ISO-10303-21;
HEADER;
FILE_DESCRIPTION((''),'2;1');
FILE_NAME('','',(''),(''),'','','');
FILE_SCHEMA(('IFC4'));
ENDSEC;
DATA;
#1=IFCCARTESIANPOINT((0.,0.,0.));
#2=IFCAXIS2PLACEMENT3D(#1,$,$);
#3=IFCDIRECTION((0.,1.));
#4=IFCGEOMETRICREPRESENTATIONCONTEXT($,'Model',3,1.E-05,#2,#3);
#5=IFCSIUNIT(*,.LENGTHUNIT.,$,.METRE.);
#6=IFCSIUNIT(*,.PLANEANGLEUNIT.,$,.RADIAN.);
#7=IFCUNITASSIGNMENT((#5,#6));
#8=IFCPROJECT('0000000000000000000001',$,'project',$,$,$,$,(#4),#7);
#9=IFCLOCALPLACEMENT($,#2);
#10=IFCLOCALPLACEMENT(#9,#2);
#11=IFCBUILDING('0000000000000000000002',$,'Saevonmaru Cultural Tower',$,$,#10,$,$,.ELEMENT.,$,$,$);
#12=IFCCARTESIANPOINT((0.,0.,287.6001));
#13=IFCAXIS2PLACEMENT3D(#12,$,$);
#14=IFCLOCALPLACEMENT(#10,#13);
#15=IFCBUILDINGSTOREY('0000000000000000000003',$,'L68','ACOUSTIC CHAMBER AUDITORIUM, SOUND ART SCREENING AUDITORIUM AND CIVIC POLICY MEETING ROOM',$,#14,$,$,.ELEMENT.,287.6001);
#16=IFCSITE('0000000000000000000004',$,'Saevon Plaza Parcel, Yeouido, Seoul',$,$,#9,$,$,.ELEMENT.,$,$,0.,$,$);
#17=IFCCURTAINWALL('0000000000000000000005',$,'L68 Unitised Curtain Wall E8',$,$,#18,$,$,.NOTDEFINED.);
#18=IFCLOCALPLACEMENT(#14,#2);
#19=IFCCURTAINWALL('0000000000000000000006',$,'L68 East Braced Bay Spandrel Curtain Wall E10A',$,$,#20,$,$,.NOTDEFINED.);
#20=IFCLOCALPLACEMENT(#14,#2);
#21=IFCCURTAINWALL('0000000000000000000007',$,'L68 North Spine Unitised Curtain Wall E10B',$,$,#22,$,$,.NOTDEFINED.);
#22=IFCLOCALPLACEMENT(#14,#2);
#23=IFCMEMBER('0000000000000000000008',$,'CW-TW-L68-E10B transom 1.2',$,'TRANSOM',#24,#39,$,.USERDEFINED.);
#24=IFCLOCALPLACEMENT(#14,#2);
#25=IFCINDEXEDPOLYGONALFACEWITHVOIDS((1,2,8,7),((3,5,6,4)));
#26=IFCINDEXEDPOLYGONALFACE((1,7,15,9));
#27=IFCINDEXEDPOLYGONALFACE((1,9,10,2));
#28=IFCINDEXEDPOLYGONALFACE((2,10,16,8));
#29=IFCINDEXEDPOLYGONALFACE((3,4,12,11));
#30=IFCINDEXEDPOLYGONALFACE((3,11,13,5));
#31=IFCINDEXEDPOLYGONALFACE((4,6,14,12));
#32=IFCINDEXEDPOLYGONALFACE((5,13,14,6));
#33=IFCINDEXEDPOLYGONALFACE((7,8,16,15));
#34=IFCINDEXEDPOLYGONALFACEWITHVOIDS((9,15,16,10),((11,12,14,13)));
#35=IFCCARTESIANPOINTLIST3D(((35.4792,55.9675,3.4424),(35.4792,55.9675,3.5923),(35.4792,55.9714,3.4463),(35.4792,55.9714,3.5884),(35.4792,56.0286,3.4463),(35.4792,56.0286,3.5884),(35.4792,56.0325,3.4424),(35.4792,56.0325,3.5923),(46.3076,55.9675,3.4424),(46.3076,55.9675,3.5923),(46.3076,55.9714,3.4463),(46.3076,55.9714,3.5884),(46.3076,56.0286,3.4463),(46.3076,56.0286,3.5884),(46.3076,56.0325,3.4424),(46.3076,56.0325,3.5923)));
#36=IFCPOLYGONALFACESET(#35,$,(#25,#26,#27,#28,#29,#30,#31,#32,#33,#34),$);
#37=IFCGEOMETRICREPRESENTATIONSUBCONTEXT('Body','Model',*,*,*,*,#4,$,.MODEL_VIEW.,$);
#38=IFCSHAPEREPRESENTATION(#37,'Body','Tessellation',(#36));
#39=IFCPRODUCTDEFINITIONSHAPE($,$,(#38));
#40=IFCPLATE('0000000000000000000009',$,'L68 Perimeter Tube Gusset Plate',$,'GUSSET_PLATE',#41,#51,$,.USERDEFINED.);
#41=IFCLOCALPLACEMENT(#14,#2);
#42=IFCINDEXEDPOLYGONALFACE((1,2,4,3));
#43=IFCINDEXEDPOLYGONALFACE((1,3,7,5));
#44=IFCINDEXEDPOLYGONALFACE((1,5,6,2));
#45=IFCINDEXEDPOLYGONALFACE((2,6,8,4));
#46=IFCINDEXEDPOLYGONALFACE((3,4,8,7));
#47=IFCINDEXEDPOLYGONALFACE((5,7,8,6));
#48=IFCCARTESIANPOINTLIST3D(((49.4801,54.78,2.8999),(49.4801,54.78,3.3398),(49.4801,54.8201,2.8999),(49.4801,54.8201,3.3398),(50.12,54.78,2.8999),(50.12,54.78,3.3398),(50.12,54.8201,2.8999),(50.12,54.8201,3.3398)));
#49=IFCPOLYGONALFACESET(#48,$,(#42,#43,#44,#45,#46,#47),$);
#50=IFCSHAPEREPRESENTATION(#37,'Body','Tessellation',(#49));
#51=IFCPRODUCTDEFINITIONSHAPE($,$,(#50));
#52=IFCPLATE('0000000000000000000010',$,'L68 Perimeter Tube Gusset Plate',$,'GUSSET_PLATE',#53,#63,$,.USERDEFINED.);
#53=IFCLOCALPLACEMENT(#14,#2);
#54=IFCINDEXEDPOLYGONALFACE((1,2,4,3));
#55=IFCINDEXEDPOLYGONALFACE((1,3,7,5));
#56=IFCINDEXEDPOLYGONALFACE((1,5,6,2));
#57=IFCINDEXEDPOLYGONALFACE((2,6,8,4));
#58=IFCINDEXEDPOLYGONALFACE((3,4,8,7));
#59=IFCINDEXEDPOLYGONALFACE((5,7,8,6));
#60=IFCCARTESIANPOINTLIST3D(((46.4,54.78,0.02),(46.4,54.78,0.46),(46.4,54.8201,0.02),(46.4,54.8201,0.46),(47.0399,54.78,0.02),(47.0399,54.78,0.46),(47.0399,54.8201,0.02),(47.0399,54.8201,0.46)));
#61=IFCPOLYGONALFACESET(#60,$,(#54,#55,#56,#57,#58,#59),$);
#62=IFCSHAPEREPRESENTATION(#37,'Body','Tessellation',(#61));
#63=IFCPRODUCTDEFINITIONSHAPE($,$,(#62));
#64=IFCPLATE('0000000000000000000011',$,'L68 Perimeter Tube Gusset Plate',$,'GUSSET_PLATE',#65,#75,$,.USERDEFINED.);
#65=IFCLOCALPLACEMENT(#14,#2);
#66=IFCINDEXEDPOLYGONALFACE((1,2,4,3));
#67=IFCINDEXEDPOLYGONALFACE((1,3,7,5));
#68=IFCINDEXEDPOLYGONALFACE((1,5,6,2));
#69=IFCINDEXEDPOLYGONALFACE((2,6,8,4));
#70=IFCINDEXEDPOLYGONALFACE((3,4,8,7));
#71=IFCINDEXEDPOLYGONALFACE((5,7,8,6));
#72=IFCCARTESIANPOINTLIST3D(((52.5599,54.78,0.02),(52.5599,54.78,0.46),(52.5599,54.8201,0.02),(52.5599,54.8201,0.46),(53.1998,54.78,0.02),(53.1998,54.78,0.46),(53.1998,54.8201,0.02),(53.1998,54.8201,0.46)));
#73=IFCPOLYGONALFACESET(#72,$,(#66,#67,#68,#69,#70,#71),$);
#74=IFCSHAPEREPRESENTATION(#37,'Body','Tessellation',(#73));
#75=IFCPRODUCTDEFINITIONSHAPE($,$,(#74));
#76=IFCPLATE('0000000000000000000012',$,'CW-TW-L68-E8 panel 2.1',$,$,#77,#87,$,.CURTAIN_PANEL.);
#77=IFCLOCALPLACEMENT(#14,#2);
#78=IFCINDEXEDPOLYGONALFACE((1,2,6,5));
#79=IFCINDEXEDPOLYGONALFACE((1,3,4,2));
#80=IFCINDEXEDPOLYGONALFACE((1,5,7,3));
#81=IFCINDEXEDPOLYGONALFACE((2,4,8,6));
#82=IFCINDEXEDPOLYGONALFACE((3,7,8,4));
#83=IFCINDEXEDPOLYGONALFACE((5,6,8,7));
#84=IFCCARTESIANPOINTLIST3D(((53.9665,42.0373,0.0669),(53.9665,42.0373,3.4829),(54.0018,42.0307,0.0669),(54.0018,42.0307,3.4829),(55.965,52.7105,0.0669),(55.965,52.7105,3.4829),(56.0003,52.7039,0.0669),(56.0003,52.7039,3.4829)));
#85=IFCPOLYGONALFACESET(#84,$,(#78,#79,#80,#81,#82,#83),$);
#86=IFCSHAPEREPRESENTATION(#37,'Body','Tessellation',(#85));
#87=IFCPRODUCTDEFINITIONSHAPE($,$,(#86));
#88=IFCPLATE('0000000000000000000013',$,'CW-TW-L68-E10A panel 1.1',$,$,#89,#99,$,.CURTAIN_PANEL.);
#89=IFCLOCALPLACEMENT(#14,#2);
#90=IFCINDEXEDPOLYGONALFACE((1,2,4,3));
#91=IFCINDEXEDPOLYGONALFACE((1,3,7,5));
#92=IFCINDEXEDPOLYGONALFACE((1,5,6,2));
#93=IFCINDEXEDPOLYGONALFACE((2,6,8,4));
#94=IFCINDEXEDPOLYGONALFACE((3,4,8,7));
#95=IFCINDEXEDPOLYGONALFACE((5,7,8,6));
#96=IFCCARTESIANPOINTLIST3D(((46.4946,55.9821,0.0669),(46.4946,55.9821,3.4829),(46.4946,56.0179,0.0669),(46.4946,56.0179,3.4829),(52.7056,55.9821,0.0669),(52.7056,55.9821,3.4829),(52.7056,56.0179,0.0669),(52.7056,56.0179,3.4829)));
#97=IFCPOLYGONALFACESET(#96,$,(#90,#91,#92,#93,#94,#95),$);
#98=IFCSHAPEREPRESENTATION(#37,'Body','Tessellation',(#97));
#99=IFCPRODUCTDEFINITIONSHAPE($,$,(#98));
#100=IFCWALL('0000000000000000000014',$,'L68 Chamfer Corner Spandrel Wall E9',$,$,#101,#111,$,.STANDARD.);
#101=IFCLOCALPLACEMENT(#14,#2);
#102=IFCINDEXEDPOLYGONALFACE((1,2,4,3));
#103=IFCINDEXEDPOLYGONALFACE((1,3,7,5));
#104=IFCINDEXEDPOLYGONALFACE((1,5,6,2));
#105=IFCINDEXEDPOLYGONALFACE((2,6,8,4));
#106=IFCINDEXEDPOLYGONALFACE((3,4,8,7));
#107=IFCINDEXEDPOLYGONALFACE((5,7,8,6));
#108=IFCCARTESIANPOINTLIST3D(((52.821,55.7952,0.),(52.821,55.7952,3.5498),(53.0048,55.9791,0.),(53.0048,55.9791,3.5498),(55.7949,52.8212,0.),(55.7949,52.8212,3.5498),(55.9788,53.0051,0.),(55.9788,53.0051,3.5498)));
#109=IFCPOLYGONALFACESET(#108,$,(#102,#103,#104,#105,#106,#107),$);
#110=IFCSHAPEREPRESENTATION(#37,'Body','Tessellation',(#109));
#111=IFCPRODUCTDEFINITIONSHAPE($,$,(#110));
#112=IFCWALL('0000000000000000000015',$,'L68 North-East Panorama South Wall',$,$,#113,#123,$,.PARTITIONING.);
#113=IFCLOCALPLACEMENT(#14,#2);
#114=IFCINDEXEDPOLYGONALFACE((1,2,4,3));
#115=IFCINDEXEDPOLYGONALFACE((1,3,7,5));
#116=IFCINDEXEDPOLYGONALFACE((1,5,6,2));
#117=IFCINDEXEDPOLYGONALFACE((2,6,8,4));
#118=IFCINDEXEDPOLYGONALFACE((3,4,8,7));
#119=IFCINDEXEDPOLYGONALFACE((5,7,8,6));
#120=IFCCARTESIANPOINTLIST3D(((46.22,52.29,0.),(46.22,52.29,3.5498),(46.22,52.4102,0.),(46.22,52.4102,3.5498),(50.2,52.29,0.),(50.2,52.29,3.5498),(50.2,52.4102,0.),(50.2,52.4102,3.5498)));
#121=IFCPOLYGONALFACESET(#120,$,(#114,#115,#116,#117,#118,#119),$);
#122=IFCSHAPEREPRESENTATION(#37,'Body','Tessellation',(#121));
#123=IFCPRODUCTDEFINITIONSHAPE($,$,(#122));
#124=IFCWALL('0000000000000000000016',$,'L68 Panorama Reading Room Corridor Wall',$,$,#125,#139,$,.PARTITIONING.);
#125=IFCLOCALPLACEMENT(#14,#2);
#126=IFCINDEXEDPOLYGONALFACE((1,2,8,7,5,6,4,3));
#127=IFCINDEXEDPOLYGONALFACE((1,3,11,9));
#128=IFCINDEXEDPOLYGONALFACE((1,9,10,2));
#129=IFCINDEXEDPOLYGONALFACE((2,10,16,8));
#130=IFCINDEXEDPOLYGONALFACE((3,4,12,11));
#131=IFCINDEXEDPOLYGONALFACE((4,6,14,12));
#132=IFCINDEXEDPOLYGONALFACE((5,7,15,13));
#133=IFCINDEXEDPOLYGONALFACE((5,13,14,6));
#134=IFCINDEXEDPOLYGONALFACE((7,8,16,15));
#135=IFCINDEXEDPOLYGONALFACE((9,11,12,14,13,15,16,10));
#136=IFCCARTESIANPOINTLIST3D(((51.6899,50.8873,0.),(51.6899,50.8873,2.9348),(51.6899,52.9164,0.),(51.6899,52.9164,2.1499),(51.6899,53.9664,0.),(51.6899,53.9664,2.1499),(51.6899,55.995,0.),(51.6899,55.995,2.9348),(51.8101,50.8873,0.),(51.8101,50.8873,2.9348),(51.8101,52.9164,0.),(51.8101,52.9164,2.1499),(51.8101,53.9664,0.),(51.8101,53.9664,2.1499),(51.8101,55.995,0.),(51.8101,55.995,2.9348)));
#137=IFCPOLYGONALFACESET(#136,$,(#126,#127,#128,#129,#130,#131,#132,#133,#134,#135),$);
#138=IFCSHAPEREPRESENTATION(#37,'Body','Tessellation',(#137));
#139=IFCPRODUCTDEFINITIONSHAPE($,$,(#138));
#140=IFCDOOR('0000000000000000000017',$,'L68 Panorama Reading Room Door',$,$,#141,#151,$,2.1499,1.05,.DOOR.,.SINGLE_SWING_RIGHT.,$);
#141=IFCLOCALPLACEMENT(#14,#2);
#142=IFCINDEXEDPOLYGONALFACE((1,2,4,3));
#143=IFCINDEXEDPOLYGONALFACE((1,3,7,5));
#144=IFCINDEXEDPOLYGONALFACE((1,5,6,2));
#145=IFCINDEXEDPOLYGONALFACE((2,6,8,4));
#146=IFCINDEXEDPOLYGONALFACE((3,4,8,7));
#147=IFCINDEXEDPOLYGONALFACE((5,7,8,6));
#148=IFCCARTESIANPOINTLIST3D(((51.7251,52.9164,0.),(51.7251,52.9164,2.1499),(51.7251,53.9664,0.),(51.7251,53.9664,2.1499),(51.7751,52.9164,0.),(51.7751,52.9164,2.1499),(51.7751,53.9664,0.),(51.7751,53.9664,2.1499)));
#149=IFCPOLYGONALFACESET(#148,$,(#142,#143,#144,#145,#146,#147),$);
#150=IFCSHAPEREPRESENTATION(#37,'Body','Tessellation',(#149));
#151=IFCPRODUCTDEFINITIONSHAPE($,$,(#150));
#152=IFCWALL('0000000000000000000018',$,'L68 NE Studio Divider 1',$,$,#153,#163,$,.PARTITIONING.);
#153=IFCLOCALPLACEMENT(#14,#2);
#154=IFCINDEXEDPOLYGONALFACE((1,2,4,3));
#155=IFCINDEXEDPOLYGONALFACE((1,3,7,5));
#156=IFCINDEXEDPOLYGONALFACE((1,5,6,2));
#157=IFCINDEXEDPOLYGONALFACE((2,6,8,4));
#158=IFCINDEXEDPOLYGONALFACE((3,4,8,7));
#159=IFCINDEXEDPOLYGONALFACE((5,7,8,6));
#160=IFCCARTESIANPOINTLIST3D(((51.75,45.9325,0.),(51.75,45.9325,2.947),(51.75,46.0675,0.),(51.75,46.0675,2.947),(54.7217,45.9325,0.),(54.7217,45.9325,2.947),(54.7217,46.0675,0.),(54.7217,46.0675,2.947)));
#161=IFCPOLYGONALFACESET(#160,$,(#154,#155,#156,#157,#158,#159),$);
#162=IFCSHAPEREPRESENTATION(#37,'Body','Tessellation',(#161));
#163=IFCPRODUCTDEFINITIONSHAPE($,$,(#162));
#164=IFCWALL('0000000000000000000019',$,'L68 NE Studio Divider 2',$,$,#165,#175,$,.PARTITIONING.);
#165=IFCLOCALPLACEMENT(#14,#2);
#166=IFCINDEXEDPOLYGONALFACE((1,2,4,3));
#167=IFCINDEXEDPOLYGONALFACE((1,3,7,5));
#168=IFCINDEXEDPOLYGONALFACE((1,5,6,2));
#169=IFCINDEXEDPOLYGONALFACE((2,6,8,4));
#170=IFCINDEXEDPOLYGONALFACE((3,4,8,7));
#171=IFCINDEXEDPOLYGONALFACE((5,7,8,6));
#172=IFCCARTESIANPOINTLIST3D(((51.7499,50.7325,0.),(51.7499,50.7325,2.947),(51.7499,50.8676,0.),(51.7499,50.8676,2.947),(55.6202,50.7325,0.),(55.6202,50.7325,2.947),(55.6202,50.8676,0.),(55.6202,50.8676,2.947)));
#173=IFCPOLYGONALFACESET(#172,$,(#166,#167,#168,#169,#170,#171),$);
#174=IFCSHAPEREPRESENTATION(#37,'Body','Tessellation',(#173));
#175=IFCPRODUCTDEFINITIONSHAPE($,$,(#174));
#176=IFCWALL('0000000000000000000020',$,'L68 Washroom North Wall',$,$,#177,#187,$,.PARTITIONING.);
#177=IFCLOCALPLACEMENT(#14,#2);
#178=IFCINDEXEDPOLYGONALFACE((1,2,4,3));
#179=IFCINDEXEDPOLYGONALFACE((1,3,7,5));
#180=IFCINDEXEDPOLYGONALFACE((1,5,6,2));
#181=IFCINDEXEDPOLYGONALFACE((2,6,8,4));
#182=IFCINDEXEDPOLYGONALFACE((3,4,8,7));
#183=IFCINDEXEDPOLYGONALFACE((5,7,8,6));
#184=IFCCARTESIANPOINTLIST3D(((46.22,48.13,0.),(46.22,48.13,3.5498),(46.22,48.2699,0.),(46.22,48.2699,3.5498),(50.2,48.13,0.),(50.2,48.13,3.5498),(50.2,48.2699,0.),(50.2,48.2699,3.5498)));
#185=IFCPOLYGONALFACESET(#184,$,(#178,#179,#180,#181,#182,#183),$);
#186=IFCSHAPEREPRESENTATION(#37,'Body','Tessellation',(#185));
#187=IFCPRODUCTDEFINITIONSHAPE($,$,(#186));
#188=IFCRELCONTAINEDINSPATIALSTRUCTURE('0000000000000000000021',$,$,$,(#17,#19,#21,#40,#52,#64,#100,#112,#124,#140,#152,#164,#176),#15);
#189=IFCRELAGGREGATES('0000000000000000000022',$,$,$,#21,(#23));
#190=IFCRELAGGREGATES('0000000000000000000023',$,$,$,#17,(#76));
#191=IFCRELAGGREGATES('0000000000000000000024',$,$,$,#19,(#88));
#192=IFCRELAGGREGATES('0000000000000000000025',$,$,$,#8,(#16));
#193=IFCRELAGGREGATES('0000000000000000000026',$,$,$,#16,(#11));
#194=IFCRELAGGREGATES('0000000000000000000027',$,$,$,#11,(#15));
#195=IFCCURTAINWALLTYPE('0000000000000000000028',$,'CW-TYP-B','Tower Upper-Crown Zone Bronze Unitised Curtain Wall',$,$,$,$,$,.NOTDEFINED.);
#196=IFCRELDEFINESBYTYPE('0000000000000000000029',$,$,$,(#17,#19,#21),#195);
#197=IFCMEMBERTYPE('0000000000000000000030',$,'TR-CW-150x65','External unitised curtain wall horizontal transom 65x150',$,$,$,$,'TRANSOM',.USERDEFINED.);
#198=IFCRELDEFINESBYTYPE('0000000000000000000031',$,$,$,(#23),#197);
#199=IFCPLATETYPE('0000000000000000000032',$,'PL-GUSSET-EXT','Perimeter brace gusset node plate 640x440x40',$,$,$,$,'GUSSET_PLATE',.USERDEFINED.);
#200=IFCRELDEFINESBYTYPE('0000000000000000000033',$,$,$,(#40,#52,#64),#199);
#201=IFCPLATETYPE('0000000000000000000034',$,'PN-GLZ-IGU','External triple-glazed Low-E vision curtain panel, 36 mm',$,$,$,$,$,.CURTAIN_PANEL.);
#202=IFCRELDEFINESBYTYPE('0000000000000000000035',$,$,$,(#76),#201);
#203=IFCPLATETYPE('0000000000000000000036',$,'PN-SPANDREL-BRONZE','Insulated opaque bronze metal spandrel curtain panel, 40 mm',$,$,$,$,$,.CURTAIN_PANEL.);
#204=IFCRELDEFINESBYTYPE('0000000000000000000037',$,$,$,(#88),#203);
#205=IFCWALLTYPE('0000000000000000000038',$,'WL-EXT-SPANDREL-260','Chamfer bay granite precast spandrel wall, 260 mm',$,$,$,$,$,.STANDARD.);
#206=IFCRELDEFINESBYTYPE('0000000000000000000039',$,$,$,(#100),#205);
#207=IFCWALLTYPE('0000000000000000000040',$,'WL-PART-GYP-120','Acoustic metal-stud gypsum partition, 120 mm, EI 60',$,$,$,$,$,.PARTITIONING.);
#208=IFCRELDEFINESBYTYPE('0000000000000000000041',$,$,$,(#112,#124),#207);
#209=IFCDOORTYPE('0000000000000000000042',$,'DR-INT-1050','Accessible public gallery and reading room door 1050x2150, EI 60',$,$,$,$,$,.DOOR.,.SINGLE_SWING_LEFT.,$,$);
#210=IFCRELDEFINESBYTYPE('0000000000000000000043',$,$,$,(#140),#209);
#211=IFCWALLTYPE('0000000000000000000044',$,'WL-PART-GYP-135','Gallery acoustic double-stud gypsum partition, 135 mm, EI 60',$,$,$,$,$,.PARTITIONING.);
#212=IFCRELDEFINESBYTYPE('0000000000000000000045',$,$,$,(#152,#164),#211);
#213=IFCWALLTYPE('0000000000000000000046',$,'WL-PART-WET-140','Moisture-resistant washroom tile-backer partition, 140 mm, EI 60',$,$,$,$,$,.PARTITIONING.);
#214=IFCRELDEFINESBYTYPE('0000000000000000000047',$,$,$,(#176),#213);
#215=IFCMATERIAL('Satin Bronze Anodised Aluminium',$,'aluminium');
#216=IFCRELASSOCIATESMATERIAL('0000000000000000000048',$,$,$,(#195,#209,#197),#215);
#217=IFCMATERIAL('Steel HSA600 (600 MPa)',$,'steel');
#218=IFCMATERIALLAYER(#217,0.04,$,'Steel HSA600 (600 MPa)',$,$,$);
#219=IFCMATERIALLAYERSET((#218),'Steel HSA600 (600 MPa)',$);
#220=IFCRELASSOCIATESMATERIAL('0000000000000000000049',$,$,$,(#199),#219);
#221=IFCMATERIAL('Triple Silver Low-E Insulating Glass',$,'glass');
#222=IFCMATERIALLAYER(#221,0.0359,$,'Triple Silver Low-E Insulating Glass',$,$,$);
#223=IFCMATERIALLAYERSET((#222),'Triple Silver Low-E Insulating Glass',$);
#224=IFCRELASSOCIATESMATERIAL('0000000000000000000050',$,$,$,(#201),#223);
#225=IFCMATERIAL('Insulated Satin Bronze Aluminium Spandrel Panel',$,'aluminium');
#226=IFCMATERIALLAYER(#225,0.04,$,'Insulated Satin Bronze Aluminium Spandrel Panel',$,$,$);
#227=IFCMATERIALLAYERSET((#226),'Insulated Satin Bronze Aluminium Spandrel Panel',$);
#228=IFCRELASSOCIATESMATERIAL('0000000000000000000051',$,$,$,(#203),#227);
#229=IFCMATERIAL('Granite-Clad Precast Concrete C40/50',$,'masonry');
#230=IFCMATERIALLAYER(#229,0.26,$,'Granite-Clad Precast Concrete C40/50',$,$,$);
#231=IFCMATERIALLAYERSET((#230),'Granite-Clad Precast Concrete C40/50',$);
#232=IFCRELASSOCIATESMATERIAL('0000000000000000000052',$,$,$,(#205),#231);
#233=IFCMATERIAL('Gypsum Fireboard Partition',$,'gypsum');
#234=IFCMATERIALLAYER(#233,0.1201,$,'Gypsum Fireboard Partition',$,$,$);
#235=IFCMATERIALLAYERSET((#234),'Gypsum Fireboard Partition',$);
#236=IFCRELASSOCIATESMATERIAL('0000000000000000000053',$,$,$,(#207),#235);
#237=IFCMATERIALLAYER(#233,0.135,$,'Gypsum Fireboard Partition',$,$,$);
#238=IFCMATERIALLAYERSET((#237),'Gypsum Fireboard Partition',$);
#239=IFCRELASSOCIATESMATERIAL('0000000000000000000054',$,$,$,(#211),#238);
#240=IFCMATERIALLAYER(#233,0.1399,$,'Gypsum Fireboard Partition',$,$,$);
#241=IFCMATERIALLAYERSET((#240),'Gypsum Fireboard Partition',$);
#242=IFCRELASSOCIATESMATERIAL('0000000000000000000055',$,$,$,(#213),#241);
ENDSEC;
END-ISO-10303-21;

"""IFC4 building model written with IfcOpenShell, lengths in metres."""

from ifc_helpers import new_model, si_unit, direction, frame, frame_2d, origin, origin_2d, place, context, subcontext, project, spatial, rectangle, hollow_rectangle, extrude, material, layer, layer_set, material_profile, profile_set, type_object, element, fill, aggregate, save


model = new_model("IFC4")

# Units and contexts
model_context = context("Model", 3, precision=1e-05, world=origin(), true_north=direction((0.0, 1.0)))
body_context = subcontext(model_context, "Body", "Model", "MODEL_VIEW")
ifc_project = project(units=[si_unit("LENGTHUNIT", "METRE"), si_unit("PLANEANGLEUNIT", "RADIAN")], contexts=[model_context])

# Site, building, storey
site_placement = place(None, origin())
site = spatial("IfcSite", under=ifc_project, at=site_placement, Name="Saevon Plaza Parcel, Yeouido, Seoul", CompositionType="ELEMENT", RefElevation=0.0)
building_placement = place(site_placement, origin())
building = spatial("IfcBuilding", under=site, at=building_placement, Name="Saevonmaru Cultural Tower", CompositionType="ELEMENT")
storey_placement = place(building_placement, frame((0.0, 0.0, 287.6001)))
storey = spatial("IfcBuildingStorey", under=building, at=storey_placement, Name="L68", Description="ACOUSTIC CHAMBER AUDITORIUM, SOUND ART SCREENING AUDITORIUM AND CIVIC POLICY MEETING ROOM", CompositionType="ELEMENT", Elevation=287.6001)

# Curtain wall
ifc_material_1 = material(Name="Satin Bronze Anodised Aluminium", Category="aluminium")
curtain_wall_type = type_object("IfcCurtainWallType", Name="CW-TYP-B", Description="Tower Upper-Crown Zone Bronze Unitised Curtain Wall", PredefinedType="NOTDEFINED", material=ifc_material_1)
curtain_wall_1_placement = place(storey_placement, origin())
curtain_wall_1 = element("IfcCurtainWall", 1, at=curtain_wall_1_placement, inside=storey, type_object=curtain_wall_type, Name="L68 Unitised Curtain Wall E8", PredefinedType="NOTDEFINED")

# Curtain wall
curtain_wall_2_placement = place(storey_placement, origin())
curtain_wall_2 = element("IfcCurtainWall", 2, at=curtain_wall_2_placement, inside=storey, type_object=curtain_wall_type, Name="L68 East Braced Bay Spandrel Curtain Wall E10A", PredefinedType="NOTDEFINED")

# Curtain wall
curtain_wall_3_placement = place(storey_placement, origin())
curtain_wall_3 = element("IfcCurtainWall", 3, at=curtain_wall_3_placement, inside=storey, type_object=curtain_wall_type, Name="L68 North Spine Unitised Curtain Wall E10B", PredefinedType="NOTDEFINED")

# Member
ifc_material_profile_1 = material_profile(ifc_material_1, hollow_rectangle(XDim=0.0649, YDim=0.1499, WallThickness=0.0039, at=origin_2d()), Name="ALU-TRAN-150x65x4")
ifc_profile_set_1 = profile_set([ifc_material_profile_1], Name="Satin Bronze Anodised Aluminium")
member_type_1 = type_object("IfcMemberType", Name="TR-CW-150x65", Description="External unitised curtain wall horizontal transom 65x150", ElementType="TRANSOM", PredefinedType="USERDEFINED", material=ifc_profile_set_1)
member_1_placement = place(storey_placement, frame((46.3076, 56.0, 3.5173), z_axis=(-1.0, 0.0, 0.0), x_axis=(0.0, -1.0, 0.0)))
member_1 = element("IfcMember", 4, at=member_1_placement, type_object=member_type_1, Name="CW-TW-L68-E10B transom 1.2", ObjectType="TRANSOM", PredefinedType="USERDEFINED", context=body_context, shape_type="SweptSolid", body=[
    extrude(hollow_rectangle(XDim=0.0649, YDim=0.1499, WallThickness=0.0039, at=origin_2d()), origin(), (0.0, 0.0, 1.0), 10.8284),
])
aggregate(curtain_wall_3, [member_1])

# Plates
ifc_material_2 = material(Name="Steel HSA600 (600 MPa)", Category="steel")
ifc_layer_1 = layer(ifc_material_2, 0.04, Name="Steel HSA600 (600 MPa)")
ifc_layer_set_1 = layer_set([ifc_layer_1], Name="Steel HSA600 (600 MPa)")
plate_type_1 = type_object("IfcPlateType", Name="PL-GUSSET-EXT", Description="Perimeter brace gusset node plate 640x440x40", ElementType="GUSSET_PLATE", PredefinedType="USERDEFINED", material=ifc_layer_set_1)
for number, where, z_axis, x_axis, name in (
    (5, (49.8, 54.8, 2.8999), (0.0, 0.0, 1.0), (1.0, 0.0, 0.0), "L68 Perimeter Tube Gusset Plate"),
    (6, (46.72, 54.8, 0.02), (0.0, 0.0, 1.0), (1.0, 0.0, 0.0), "L68 Perimeter Tube Gusset Plate"),
    (7, (52.8799, 54.8, 0.02), (0.0, 0.0, 1.0), (1.0, 0.0, 0.0), "L68 Perimeter Tube Gusset Plate"),
):
    element("IfcPlate", number, at=place(storey_placement, frame(where, z_axis=z_axis, x_axis=x_axis)), inside=storey, type_object=plate_type_1, Name=name, ObjectType="GUSSET_PLATE", PredefinedType="USERDEFINED", context=body_context, shape_type="SweptSolid", body=[
        extrude(rectangle(XDim=0.6399, YDim=0.04, at=origin_2d()), origin(), (0.0, 0.0, 1.0), 0.4399),
    ])

# Plates
ifc_material_3 = material(Name="Triple Silver Low-E Insulating Glass", Category="glass")
ifc_layer_2 = layer(ifc_material_3, 0.0359, Name="Triple Silver Low-E Insulating Glass")
ifc_layer_set_2 = layer_set([ifc_layer_2], Name="Triple Silver Low-E Insulating Glass")
plate_type_2 = type_object("IfcPlateType", Name="PN-GLZ-IGU", Description="External triple-glazed Low-E vision curtain panel, 36 mm", PredefinedType="CURTAIN_PANEL", material=ifc_layer_set_2)
plate_1_placement = place(storey_placement, frame((54.9834, 47.3706, 0.0669), z_axis=(0.0, 0.0, 1.0), x_axis=(0.184047, 0.982918, 0.0)))
plate_1 = element("IfcPlate", 8, at=plate_1_placement, type_object=plate_type_2, Name="CW-TW-L68-E8 panel 2.1", PredefinedType="CURTAIN_PANEL", context=body_context, shape_type="SweptSolid", body=[
    extrude(rectangle(XDim=10.8586, YDim=0.0359, at=origin_2d()), origin(), (0.0, 0.0, 1.0), 3.416),
])
aggregate(curtain_wall_1, [plate_1])
ifc_material_4 = material(Name="Insulated Satin Bronze Aluminium Spandrel Panel", Category="aluminium")
ifc_layer_3 = layer(ifc_material_4, 0.04, Name="Insulated Satin Bronze Aluminium Spandrel Panel")
ifc_layer_set_3 = layer_set([ifc_layer_3], Name="Insulated Satin Bronze Aluminium Spandrel Panel")
plate_type_3 = type_object("IfcPlateType", Name="PN-SPANDREL-BRONZE", Description="Insulated opaque bronze metal spandrel curtain panel, 40 mm", PredefinedType="CURTAIN_PANEL", material=ifc_layer_set_3)
plate_2_placement = place(storey_placement, frame((49.6001, 56.0, 0.0669), z_axis=(0.0, 0.0, 1.0), x_axis=(-1.0, 0.0, 0.0)))
plate_2 = element("IfcPlate", 9, at=plate_2_placement, type_object=plate_type_3, Name="CW-TW-L68-E10A panel 1.1", PredefinedType="CURTAIN_PANEL", context=body_context, shape_type="SweptSolid", body=[
    extrude(rectangle(XDim=6.2109, YDim=0.0359, at=origin_2d()), origin(), (0.0, 0.0, 1.0), 3.416),
])
aggregate(curtain_wall_2, [plate_2])

# Wall
ifc_material_5 = material(Name="Granite-Clad Precast Concrete C40/50", Category="masonry")
ifc_layer_4 = layer(ifc_material_5, 0.26, Name="Granite-Clad Precast Concrete C40/50")
ifc_layer_set_4 = layer_set([ifc_layer_4], Name="Granite-Clad Precast Concrete C40/50")
wall_type_1 = type_object("IfcWallType", Name="WL-EXT-SPANDREL-260", Description="Chamfer bay granite precast spandrel wall, 260 mm", PredefinedType="STANDARD", material=ifc_layer_set_4)
wall_1_placement = place(storey_placement, frame((55.887, 52.9131, 0.0), z_axis=(0.0, 0.0, 1.0), x_axis=(-0.707107, 0.707107, 0.0)))
element("IfcWall", 10, at=wall_1_placement, inside=storey, type_object=wall_type_1, Name="L68 Chamfer Corner Spandrel Wall E9", PredefinedType="STANDARD", context=body_context, shape_type="SweptSolid", body=[
    extrude(rectangle(XDim=4.2058, YDim=0.26, at=frame_2d((2.103, 0.0))), origin(), (0.0, 0.0, 1.0), 3.5498),
])

# Shared definitions
ifc_material_6 = material(Name="Gypsum Fireboard Partition", Category="gypsum")
door_type_1 = type_object("IfcDoorType", Name="DR-INT-1050", Description="Accessible public gallery and reading room door 1050x2150, EI 60", OperationType="SINGLE_SWING_LEFT", PredefinedType="DOOR", material=ifc_material_1)

# Wall
ifc_layer_5 = layer(ifc_material_6, 0.1201, Name="Gypsum Fireboard Partition")
ifc_layer_set_5 = layer_set([ifc_layer_5], Name="Gypsum Fireboard Partition")
wall_type_2 = type_object("IfcWallType", Name="WL-PART-GYP-120", Description="Acoustic metal-stud gypsum partition, 120 mm, EI 60", PredefinedType="PARTITIONING", material=ifc_layer_set_5)
wall_2_placement = place(storey_placement, frame((46.22, 52.3501, 0.0), z_axis=(0.0, 0.0, 1.0), x_axis=(1.0, 0.0, 0.0)))
element("IfcWall", 11, at=wall_2_placement, inside=storey, type_object=wall_type_2, Name="L68 North-East Panorama South Wall", PredefinedType="PARTITIONING", context=body_context, shape_type="SweptSolid", body=[
    extrude(rectangle(XDim=3.98, YDim=0.1201, at=frame_2d((1.99, 0.0))), origin(), (0.0, 0.0, 1.0), 3.5498),
])

# Wall, opening, door
wall_3_placement = place(storey_placement, frame((51.75, 50.8875, 0.0), z_axis=(0.0, 0.0, 1.0), x_axis=(0.0, 1.0, 0.0)))
wall_3 = element("IfcWall", 12, at=wall_3_placement, inside=storey, type_object=wall_type_2, Name="L68 Panorama Reading Room Corridor Wall", PredefinedType="PARTITIONING", context=body_context, shape_type="SweptSolid", body=[
    extrude(rectangle(XDim=5.1077, YDim=0.1201, at=frame_2d((2.5537, 0.0))), origin(), (0.0, 0.0, 1.0), 2.9348),
])
opening_1_placement = place(wall_3_placement, frame((2.0291, 0.0, 0.0)))
opening_1 = element("IfcOpeningElement", 13, at=opening_1_placement, cuts=wall_3, PredefinedType="OPENING", context=body_context, shape_type="SweptSolid", body=[
    extrude(rectangle(XDim=1.05, YDim=2.1499, at=frame_2d((0.5249, 1.075))), frame((0.0, 0.0701, 0.0), z_axis=(0.0, -1.0, 0.0), x_axis=(1.0, 0.0, 0.0)), (0.0, 0.0, 1.0), 0.1401),
])
door_1_placement = place(opening_1_placement, origin())
door_1 = element("IfcDoor", 14, at=door_1_placement, inside=storey, type_object=door_type_1, Name="L68 Panorama Reading Room Door", OperationType="SINGLE_SWING_RIGHT", OverallHeight=2.1499, OverallWidth=1.05, PredefinedType="DOOR", context=body_context, shape_type="SweptSolid", body=[
    extrude(rectangle(XDim=1.05, YDim=2.1499, at=frame_2d((0.5249, 1.075))), frame((0.0, 0.0249, 0.0), z_axis=(0.0, -1.0, 0.0), x_axis=(1.0, 0.0, 0.0)), (0.0, 0.0, 1.0), 0.05),
])
fill(opening_1, door_1)

# Walls
ifc_layer_6 = layer(ifc_material_6, 0.135, Name="Gypsum Fireboard Partition")
ifc_layer_set_6 = layer_set([ifc_layer_6], Name="Gypsum Fireboard Partition")
wall_type_3 = type_object("IfcWallType", Name="WL-PART-GYP-135", Description="Gallery acoustic double-stud gypsum partition, 135 mm, EI 60", PredefinedType="PARTITIONING", material=ifc_layer_set_6)
wall_4_placement = place(storey_placement, frame((51.75, 46.0, 0.0), z_axis=(0.0, 0.0, 1.0), x_axis=(1.0, 0.0, 0.0)))
element("IfcWall", 15, at=wall_4_placement, inside=storey, type_object=wall_type_3, Name="L68 NE Studio Divider 1", PredefinedType="PARTITIONING", context=body_context, shape_type="SweptSolid", body=[
    extrude(rectangle(XDim=2.9717, YDim=0.135, at=frame_2d((1.4858, 0.0))), origin(), (0.0, 0.0, 1.0), 2.947),
])
wall_5_placement = place(storey_placement, frame((51.75, 50.8, 0.0), z_axis=(0.0, 0.0, 1.0), x_axis=(1.0, 0.0, 0.0)))
element("IfcWall", 16, at=wall_5_placement, inside=storey, type_object=wall_type_3, Name="L68 NE Studio Divider 2", PredefinedType="PARTITIONING", context=body_context, shape_type="SweptSolid", body=[
    extrude(rectangle(XDim=3.8704, YDim=0.135, at=frame_2d((1.9351, 0.0))), origin(), (0.0, 0.0, 1.0), 2.947),
])
ifc_layer_7 = layer(ifc_material_6, 0.1399, Name="Gypsum Fireboard Partition")
ifc_layer_set_7 = layer_set([ifc_layer_7], Name="Gypsum Fireboard Partition")
wall_type_4 = type_object("IfcWallType", Name="WL-PART-WET-140", Description="Moisture-resistant washroom tile-backer partition, 140 mm, EI 60", PredefinedType="PARTITIONING", material=ifc_layer_set_7)
wall_6_placement = place(storey_placement, frame((46.22, 48.2, 0.0), z_axis=(0.0, 0.0, 1.0), x_axis=(1.0, 0.0, 0.0)))
element("IfcWall", 17, at=wall_6_placement, inside=storey, type_object=wall_type_4, Name="L68 Washroom North Wall", PredefinedType="PARTITIONING", context=body_context, shape_type="SweptSolid", body=[
    extrude(rectangle(XDim=3.98, YDim=0.1399, at=frame_2d((1.99, 0.0))), origin(), (0.0, 0.0, 1.0), 3.5498),
])

save(model, "model.ifc")
